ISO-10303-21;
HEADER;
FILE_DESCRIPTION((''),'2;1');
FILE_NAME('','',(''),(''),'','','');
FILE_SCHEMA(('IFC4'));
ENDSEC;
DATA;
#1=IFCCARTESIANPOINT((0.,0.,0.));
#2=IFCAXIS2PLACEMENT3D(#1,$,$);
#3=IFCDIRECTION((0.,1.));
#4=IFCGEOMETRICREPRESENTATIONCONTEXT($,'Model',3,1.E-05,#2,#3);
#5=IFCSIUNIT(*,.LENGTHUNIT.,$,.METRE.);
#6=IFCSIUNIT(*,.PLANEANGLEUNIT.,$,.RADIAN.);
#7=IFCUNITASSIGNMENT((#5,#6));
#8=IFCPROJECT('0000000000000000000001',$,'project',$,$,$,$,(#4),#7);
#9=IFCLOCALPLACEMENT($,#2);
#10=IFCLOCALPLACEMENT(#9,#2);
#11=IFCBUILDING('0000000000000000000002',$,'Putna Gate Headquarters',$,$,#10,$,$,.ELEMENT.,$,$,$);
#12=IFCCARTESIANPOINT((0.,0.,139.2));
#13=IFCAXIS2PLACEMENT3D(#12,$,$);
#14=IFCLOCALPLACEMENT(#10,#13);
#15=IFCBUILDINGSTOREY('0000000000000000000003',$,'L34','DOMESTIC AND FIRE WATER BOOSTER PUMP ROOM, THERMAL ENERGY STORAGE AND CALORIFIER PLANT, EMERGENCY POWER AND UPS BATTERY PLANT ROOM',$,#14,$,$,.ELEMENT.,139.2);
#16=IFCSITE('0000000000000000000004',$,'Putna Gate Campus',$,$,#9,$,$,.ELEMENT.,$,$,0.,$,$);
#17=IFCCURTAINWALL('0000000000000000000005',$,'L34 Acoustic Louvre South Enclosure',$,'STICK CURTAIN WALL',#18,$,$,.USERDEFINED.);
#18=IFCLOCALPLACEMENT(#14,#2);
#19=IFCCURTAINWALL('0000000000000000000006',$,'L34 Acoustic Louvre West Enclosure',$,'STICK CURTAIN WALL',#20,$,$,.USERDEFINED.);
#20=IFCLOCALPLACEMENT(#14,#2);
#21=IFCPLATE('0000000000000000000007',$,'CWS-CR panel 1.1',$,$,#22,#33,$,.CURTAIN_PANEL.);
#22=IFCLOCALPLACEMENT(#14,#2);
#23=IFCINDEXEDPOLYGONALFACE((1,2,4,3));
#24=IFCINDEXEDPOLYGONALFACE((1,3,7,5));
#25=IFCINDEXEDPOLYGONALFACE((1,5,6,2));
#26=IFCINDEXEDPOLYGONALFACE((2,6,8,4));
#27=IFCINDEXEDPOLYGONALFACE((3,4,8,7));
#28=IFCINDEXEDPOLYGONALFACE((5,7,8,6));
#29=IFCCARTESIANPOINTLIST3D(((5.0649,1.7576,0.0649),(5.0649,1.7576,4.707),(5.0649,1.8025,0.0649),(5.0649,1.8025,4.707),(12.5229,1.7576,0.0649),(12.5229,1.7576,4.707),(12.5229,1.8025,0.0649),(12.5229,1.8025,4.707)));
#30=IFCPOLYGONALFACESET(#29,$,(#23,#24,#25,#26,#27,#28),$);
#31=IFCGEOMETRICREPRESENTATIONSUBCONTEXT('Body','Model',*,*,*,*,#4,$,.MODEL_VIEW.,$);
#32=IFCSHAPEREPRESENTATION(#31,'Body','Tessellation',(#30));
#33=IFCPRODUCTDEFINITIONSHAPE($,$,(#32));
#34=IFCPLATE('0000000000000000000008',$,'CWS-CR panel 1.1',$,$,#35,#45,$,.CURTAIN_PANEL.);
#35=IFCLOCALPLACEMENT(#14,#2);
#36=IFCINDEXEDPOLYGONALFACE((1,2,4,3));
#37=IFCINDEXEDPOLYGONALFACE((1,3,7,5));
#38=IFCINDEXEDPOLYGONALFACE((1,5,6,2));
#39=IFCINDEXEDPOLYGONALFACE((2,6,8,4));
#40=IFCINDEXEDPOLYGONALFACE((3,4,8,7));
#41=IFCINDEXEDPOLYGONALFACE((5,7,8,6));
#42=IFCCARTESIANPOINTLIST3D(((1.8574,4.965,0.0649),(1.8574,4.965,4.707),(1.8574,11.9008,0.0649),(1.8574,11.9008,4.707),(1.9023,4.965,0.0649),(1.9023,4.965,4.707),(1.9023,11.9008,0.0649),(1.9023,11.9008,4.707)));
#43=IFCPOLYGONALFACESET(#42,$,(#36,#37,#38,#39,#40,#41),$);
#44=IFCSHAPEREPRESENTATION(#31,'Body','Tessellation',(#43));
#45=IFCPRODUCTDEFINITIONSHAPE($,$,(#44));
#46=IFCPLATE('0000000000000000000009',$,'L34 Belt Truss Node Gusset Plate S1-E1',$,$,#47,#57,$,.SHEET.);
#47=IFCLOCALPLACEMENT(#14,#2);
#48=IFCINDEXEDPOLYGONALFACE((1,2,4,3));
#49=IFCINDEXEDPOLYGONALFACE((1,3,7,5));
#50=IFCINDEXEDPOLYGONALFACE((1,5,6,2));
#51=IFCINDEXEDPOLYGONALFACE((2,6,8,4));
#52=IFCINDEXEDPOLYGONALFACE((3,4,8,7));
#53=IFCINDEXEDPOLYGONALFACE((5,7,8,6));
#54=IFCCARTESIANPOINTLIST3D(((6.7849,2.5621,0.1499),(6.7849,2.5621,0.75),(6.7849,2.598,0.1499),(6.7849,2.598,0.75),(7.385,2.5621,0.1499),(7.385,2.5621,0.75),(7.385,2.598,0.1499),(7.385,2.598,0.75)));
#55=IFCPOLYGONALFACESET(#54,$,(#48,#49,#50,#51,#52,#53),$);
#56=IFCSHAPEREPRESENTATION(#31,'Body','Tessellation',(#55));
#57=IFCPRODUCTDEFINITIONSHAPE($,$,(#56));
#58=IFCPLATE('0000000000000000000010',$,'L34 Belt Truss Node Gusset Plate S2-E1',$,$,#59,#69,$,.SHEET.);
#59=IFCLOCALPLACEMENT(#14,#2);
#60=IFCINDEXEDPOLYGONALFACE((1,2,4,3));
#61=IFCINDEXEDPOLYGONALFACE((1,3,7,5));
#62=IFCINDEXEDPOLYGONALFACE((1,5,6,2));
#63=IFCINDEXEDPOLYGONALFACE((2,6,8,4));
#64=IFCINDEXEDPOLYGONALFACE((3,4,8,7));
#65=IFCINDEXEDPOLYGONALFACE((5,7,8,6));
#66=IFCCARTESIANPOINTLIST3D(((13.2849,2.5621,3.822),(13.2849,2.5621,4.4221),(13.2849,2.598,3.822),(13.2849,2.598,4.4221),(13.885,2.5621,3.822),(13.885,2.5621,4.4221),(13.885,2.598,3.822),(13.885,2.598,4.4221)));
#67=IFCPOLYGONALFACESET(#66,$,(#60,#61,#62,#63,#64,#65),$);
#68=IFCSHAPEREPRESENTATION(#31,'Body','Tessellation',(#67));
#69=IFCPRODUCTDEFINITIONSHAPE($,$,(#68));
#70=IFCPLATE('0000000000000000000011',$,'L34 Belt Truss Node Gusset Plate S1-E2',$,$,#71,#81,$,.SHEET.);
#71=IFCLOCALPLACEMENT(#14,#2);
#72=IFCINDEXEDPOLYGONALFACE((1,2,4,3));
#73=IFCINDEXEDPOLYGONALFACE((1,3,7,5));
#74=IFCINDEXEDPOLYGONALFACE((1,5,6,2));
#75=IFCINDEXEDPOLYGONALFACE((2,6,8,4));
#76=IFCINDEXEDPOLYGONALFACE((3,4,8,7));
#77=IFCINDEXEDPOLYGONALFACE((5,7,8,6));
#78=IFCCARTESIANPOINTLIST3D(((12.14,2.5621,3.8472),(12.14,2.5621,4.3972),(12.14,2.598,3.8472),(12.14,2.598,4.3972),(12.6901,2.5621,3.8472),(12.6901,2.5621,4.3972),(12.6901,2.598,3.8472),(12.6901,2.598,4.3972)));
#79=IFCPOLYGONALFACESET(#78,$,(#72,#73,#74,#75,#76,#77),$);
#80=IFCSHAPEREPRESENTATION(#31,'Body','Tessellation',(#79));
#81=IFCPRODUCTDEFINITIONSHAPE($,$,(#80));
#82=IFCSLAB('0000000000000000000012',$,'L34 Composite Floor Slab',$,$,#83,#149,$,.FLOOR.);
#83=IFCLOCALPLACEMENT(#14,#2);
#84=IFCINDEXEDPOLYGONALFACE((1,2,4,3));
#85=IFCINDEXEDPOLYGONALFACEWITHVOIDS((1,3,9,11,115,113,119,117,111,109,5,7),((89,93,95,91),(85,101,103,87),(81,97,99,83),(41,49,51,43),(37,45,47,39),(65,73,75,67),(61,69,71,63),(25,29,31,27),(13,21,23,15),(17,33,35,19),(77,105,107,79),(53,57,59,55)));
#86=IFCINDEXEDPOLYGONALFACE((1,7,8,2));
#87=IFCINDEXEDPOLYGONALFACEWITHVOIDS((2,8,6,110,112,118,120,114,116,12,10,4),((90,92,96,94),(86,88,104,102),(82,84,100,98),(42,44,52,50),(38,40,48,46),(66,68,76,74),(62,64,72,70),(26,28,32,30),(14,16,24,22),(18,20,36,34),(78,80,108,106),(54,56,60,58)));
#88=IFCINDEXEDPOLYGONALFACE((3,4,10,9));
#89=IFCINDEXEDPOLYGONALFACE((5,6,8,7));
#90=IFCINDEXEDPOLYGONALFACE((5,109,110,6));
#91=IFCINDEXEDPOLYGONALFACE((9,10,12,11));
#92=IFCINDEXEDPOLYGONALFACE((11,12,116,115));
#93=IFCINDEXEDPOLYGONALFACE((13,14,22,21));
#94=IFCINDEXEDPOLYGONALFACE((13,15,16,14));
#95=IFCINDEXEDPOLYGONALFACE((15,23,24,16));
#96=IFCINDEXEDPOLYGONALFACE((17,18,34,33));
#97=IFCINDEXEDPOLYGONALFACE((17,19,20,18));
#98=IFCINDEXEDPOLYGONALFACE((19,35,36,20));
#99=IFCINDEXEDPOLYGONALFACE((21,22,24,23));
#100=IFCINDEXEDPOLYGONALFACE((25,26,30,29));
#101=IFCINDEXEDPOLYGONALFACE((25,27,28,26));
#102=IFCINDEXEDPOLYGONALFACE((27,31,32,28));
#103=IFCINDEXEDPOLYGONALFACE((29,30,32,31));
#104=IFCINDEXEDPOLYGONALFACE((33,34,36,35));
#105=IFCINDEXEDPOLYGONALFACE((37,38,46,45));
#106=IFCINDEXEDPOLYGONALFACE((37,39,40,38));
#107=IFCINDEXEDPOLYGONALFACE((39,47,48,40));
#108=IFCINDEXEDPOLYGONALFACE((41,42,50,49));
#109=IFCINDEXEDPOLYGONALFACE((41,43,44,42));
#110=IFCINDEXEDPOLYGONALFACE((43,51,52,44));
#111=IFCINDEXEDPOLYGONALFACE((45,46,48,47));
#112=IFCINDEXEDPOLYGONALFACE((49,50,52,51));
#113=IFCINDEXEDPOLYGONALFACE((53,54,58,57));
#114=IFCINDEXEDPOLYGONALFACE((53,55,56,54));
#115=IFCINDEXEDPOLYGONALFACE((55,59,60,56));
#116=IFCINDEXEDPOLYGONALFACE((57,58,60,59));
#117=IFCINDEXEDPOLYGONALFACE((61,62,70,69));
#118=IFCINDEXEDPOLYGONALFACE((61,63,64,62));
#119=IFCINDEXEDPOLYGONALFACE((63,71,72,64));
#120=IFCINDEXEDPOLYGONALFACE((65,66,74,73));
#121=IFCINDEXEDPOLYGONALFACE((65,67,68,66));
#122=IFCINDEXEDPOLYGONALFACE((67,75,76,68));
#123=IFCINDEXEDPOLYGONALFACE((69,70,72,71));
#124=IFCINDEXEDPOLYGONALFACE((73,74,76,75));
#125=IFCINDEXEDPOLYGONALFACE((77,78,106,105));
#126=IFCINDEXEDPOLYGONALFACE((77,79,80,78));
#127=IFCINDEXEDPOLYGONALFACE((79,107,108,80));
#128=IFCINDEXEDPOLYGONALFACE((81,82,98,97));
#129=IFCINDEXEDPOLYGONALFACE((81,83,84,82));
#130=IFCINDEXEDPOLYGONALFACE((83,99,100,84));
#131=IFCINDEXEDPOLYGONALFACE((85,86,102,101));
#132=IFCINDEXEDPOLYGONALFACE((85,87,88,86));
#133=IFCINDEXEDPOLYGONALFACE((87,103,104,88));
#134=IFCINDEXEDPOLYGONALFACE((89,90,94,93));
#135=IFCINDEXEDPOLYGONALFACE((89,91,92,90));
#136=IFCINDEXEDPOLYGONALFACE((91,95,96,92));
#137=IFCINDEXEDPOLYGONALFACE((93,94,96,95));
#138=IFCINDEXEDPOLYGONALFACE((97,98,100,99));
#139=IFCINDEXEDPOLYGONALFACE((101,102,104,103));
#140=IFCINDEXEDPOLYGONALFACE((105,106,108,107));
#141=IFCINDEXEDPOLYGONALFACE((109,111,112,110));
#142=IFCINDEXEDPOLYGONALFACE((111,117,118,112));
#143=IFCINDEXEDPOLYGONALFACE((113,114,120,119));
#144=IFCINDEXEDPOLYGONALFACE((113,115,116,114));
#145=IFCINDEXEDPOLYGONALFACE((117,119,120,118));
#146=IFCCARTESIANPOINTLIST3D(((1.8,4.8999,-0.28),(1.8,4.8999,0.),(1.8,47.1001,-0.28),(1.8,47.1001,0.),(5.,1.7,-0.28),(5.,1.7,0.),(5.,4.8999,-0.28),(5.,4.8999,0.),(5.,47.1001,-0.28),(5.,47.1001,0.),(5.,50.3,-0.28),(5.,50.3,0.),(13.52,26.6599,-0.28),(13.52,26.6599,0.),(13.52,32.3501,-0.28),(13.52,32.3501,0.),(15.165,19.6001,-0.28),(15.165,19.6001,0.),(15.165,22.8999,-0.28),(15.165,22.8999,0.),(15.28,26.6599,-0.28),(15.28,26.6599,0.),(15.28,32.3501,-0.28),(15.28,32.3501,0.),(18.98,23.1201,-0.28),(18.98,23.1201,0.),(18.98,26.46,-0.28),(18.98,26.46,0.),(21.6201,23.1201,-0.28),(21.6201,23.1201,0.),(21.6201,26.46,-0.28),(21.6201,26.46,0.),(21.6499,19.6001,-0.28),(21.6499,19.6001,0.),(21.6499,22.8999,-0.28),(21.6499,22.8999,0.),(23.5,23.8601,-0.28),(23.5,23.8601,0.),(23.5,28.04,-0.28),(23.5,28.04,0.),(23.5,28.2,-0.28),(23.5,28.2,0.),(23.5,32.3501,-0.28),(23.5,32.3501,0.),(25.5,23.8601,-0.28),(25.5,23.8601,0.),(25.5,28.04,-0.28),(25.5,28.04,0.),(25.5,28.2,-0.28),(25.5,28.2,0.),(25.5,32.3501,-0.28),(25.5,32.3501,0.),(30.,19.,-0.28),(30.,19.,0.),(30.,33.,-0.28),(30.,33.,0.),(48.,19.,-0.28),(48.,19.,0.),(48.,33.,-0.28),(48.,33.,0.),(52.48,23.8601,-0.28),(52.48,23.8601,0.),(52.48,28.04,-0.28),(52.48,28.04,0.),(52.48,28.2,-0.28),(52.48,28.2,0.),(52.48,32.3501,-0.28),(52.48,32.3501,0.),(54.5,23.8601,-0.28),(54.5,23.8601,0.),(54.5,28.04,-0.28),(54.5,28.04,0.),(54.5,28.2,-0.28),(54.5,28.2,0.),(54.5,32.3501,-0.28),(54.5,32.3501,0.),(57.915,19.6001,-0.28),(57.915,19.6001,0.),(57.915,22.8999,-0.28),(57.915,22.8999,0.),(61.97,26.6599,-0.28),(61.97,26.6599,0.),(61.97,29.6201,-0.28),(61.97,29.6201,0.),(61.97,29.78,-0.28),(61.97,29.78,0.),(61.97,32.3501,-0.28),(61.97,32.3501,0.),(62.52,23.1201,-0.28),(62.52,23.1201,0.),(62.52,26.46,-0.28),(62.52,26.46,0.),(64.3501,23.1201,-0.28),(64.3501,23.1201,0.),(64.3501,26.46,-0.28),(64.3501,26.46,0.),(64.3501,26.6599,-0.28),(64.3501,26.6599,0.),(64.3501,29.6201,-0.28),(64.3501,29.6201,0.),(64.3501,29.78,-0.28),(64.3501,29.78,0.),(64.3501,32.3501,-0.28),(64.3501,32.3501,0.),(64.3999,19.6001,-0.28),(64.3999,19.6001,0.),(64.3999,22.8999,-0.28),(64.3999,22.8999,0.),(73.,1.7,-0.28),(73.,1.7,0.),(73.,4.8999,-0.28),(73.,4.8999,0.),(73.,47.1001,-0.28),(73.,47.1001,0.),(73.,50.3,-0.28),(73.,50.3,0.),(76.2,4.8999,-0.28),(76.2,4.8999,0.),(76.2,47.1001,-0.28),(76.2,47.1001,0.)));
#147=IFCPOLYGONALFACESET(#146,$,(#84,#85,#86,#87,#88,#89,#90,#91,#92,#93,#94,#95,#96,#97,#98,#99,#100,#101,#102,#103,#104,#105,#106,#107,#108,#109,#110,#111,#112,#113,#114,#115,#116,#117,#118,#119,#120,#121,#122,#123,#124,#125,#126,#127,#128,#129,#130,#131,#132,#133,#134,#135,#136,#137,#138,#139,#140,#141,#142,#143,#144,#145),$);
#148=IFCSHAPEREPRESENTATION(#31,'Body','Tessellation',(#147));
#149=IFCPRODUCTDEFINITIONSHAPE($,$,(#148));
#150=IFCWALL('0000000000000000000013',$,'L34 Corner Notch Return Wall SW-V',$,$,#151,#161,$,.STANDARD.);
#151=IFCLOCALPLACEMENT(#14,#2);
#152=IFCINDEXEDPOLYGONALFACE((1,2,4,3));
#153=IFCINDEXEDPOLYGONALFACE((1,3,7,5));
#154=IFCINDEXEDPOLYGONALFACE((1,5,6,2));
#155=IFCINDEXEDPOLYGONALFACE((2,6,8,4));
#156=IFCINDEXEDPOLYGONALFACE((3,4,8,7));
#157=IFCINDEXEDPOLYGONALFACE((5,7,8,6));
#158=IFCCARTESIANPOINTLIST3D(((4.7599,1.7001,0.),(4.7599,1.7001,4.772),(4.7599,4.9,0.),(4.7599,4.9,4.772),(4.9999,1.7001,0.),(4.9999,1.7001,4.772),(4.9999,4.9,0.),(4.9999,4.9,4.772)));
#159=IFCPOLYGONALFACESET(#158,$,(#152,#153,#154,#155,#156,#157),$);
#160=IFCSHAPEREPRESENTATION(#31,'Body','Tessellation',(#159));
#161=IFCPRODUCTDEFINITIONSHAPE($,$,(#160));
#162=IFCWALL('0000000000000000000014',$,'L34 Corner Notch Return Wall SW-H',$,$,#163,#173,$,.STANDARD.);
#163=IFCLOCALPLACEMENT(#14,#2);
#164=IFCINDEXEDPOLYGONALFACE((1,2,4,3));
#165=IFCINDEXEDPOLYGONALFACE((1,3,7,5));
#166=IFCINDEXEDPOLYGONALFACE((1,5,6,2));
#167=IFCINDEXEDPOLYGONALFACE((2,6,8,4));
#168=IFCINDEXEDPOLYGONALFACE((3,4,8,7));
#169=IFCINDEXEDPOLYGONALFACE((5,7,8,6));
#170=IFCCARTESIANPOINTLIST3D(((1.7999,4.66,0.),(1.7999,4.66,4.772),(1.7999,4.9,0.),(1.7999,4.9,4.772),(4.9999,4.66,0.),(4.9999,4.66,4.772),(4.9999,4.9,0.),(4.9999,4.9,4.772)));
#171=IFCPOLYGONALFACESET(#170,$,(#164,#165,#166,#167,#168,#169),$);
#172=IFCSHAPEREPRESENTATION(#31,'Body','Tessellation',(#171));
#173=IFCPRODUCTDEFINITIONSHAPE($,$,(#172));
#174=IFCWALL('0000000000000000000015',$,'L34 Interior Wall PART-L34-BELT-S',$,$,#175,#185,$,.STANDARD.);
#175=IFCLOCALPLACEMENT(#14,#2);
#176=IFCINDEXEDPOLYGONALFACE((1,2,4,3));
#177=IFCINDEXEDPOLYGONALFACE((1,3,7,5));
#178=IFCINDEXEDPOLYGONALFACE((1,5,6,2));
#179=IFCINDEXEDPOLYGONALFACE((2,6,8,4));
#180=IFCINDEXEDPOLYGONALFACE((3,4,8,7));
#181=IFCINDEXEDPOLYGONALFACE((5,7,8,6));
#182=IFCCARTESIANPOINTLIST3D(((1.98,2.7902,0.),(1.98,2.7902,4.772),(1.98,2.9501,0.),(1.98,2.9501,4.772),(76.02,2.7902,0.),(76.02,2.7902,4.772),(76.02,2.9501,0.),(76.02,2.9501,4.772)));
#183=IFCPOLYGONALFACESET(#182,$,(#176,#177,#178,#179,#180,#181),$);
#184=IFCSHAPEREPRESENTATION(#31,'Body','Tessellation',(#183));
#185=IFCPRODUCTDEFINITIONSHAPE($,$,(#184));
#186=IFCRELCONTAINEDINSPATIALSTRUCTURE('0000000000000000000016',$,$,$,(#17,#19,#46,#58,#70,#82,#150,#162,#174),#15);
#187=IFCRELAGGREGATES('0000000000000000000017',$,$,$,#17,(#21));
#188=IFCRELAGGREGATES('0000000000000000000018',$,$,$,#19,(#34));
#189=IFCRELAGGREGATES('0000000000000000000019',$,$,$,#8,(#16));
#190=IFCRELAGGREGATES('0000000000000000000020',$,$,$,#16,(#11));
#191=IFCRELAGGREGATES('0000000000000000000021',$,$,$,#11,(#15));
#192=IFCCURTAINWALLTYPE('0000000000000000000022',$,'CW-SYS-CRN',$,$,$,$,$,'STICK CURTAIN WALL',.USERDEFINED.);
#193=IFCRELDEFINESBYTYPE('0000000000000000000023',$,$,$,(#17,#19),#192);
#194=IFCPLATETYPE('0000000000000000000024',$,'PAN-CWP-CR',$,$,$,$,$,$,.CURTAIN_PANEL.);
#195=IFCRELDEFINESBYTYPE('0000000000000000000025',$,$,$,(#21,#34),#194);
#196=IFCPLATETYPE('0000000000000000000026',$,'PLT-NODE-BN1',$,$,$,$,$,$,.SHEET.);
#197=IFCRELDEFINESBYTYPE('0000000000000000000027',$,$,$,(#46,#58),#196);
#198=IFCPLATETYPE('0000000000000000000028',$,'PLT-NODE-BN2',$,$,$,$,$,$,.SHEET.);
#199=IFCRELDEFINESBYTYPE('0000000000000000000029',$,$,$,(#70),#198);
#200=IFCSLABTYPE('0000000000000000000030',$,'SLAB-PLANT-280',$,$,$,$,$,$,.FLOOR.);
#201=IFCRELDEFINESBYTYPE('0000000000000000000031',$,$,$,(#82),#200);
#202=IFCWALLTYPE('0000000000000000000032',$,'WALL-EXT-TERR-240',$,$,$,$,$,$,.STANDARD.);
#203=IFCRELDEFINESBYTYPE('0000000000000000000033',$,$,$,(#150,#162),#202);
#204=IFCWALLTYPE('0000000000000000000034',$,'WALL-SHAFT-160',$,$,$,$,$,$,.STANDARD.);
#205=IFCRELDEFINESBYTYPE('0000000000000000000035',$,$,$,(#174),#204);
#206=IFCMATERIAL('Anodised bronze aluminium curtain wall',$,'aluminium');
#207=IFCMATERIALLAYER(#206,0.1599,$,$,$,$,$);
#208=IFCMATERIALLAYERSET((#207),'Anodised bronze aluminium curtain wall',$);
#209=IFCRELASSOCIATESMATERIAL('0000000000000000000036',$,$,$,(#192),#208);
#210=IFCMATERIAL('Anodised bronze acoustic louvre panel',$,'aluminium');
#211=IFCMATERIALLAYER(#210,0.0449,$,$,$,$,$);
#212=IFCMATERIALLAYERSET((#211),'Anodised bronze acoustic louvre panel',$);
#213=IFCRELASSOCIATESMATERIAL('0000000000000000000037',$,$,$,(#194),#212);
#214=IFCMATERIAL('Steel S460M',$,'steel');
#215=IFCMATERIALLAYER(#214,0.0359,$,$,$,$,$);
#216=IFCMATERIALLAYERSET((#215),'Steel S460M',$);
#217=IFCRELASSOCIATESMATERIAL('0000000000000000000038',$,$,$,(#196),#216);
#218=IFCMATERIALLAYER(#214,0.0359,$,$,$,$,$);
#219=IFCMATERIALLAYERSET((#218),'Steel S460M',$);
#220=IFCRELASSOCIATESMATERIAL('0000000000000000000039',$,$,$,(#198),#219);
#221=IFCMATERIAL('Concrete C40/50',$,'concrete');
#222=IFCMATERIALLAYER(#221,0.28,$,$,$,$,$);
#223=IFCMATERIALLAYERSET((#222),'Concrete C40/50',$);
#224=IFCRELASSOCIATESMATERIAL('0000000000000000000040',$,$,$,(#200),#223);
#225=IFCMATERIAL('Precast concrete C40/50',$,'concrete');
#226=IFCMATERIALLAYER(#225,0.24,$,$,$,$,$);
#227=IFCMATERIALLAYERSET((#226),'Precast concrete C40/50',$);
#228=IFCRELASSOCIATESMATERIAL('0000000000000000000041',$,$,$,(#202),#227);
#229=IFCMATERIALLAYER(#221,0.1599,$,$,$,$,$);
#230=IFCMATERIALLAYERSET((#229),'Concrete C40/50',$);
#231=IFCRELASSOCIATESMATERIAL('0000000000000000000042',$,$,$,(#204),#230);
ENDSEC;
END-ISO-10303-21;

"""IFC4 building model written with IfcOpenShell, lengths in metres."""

from ifc_helpers import new_model, si_unit, direction, frame, frame_2d, origin, origin_2d, place, context, subcontext, project, spatial, polyline, rectangle, outline, extrude, material, layer, layer_set, type_object, element, aggregate, save


model = new_model("IFC4")

# Units and contexts
model_context = context("Model", 3, precision=1e-05, world=origin(), true_north=direction((0.0, 1.0)))
body_context = subcontext(model_context, "Body", "Model", "MODEL_VIEW")
ifc_project = project(units=[si_unit("LENGTHUNIT", "METRE"), si_unit("PLANEANGLEUNIT", "RADIAN")], contexts=[model_context])

# Site, building, storey
site_placement = place(None, origin())
site = spatial("IfcSite", under=ifc_project, at=site_placement, Name="Putna Gate Campus", CompositionType="ELEMENT", RefElevation=0.0)
building_placement = place(site_placement, origin())
building = spatial("IfcBuilding", under=site, at=building_placement, Name="Putna Gate Headquarters", CompositionType="ELEMENT")
storey_placement = place(building_placement, frame((0.0, 0.0, 139.2)))
storey = spatial("IfcBuildingStorey", under=building, at=storey_placement, Name="L34", Description="DOMESTIC AND FIRE WATER BOOSTER PUMP ROOM, THERMAL ENERGY STORAGE AND CALORIFIER PLANT, EMERGENCY POWER AND UPS BATTERY PLANT ROOM", CompositionType="ELEMENT", Elevation=139.2)

# Shared definitions
ifc_material_1 = material(Name="Steel S460M", Category="steel")

# Curtain wall
ifc_material_2 = material(Name="Anodised bronze aluminium curtain wall", Category="aluminium")
ifc_layer_1 = layer(ifc_material_2, 0.1599)
ifc_layer_set_1 = layer_set([ifc_layer_1], Name="Anodised bronze aluminium curtain wall")
curtain_wall_type = type_object("IfcCurtainWallType", Name="CW-SYS-CRN", ElementType="STICK CURTAIN WALL", PredefinedType="USERDEFINED", material=ifc_layer_set_1)
curtain_wall_1_placement = place(storey_placement, origin())
curtain_wall_1 = element("IfcCurtainWall", 1, at=curtain_wall_1_placement, inside=storey, type_object=curtain_wall_type, Name="L34 Acoustic Louvre South Enclosure", ObjectType="STICK CURTAIN WALL", PredefinedType="USERDEFINED")

# Curtain wall
curtain_wall_2_placement = place(storey_placement, origin())
curtain_wall_2 = element("IfcCurtainWall", 2, at=curtain_wall_2_placement, inside=storey, type_object=curtain_wall_type, Name="L34 Acoustic Louvre West Enclosure", ObjectType="STICK CURTAIN WALL", PredefinedType="USERDEFINED")

# Shared definitions
ifc_material_3 = material(Name="Concrete C40/50", Category="concrete")

# Plates
ifc_material_4 = material(Name="Anodised bronze acoustic louvre panel", Category="aluminium")
ifc_layer_2 = layer(ifc_material_4, 0.0449)
ifc_layer_set_2 = layer_set([ifc_layer_2], Name="Anodised bronze acoustic louvre panel")
plate_type_1 = type_object("IfcPlateType", Name="PAN-CWP-CR", PredefinedType="CURTAIN_PANEL", material=ifc_layer_set_2)
plate_1_placement = place(storey_placement, frame((8.7939, 1.78, 0.0649), z_axis=(0.0, 0.0, 1.0), x_axis=(1.0, 0.0, 0.0)))
plate_1 = element("IfcPlate", 3, at=plate_1_placement, type_object=plate_type_1, Name="CWS-CR panel 1.1", PredefinedType="CURTAIN_PANEL", context=body_context, shape_type="SweptSolid", body=[
    extrude(rectangle(XDim=7.458, YDim=0.0449, at=origin_2d()), origin(), (0.0, 0.0, 1.0), 4.6421),
])
aggregate(curtain_wall_1, [plate_1])
plate_2_placement = place(storey_placement, frame((1.8799, 8.4329, 0.0649), z_axis=(0.0, 0.0, 1.0), x_axis=(0.0, 1.0, 0.0)))
plate_2 = element("IfcPlate", 4, at=plate_2_placement, type_object=plate_type_1, Name="CWS-CR panel 1.1", PredefinedType="CURTAIN_PANEL", context=body_context, shape_type="SweptSolid", body=[
    extrude(rectangle(XDim=6.9358, YDim=0.0449, at=origin_2d()), origin(), (0.0, 0.0, 1.0), 4.6421),
])
aggregate(curtain_wall_2, [plate_2])

# Plates
ifc_layer_3 = layer(ifc_material_1, 0.0359)
ifc_layer_set_3 = layer_set([ifc_layer_3], Name="Steel S460M")
plate_type_2 = type_object("IfcPlateType", Name="PLT-NODE-BN1", PredefinedType="SHEET", material=ifc_layer_set_3)
for number, where, z_axis, x_axis, name in (
    (5, (7.085, 2.5801, 0.1499), (0.0, 0.0, 1.0), (1.0, 0.0, 0.0), "L34 Belt Truss Node Gusset Plate S1-E1"),
    (6, (13.585, 2.5801, 3.822), (0.0, 0.0, 1.0), (1.0, 0.0, 0.0), "L34 Belt Truss Node Gusset Plate S2-E1"),
):
    element("IfcPlate", number, at=place(storey_placement, frame(where, z_axis=z_axis, x_axis=x_axis)), inside=storey, type_object=plate_type_2, Name=name, PredefinedType="SHEET", context=body_context, shape_type="SweptSolid", body=[
        extrude(rectangle(XDim=0.6001, YDim=0.0359, at=origin_2d()), origin(), (0.0, 0.0, 1.0), 0.6001),
    ])
ifc_layer_4 = layer(ifc_material_1, 0.0359)
ifc_layer_set_4 = layer_set([ifc_layer_4], Name="Steel S460M")
plate_type_3 = type_object("IfcPlateType", Name="PLT-NODE-BN2", PredefinedType="SHEET", material=ifc_layer_set_4)
plate_3_placement = place(storey_placement, frame((12.415, 2.5801, 3.8472), z_axis=(0.0, 0.0, 1.0), x_axis=(1.0, 0.0, 0.0)))
element("IfcPlate", 7, at=plate_3_placement, inside=storey, type_object=plate_type_3, Name="L34 Belt Truss Node Gusset Plate S1-E2", PredefinedType="SHEET", context=body_context, shape_type="SweptSolid", body=[
    extrude(rectangle(XDim=0.55, YDim=0.0359, at=origin_2d()), origin(), (0.0, 0.0, 1.0), 0.55),
])

# Slab
ifc_layer_5 = layer(ifc_material_3, 0.28)
ifc_layer_set_5 = layer_set([ifc_layer_5], Name="Concrete C40/50")
slab_type_1 = type_object("IfcSlabType", Name="SLAB-PLANT-280", PredefinedType="FLOOR", material=ifc_layer_set_5)
slab_1_placement = place(storey_placement, frame((0.0, 0.0, -0.28)))
element("IfcSlab", 8, at=slab_1_placement, inside=storey, type_object=slab_type_1, Name="L34 Composite Floor Slab", PredefinedType="FLOOR", context=body_context, shape_type="SweptSolid", body=[
    extrude(outline(polyline([(5.0, 1.7), (73.0, 1.7), (73.0, 4.8999), (76.2, 4.8999), (76.2, 47.1001), (73.0, 47.1001), (73.0, 50.3), (5.0, 50.3), (5.0, 47.1001), (1.8, 47.1001), (1.8, 4.8999), (5.0, 4.8999), (5.0, 1.7)]), holes=[polyline([(15.165, 19.6001), (21.6499, 19.6001), (21.6499, 22.8999), (15.165, 22.8999), (15.165, 19.6001)]), polyline([(57.915, 19.6001), (64.3999, 19.6001), (64.3999, 22.8999), (57.915, 22.8999), (57.915, 19.6001)]), polyline([(13.52, 26.6599), (15.28, 26.6599), (15.28, 32.3501), (13.52, 32.3501), (13.52, 26.6599)]), polyline([(61.97, 29.78), (64.3501, 29.78), (64.3501, 32.3501), (61.97, 32.3501), (61.97, 29.78)]), polyline([(18.98, 23.1201), (21.6201, 23.1201), (21.6201, 26.46), (18.98, 26.46), (18.98, 23.1201)]), polyline([(62.52, 23.1201), (64.3501, 23.1201), (64.3501, 26.46), (62.52, 26.46), (62.52, 23.1201)]), polyline([(61.97, 26.6599), (64.3501, 26.6599), (64.3501, 29.6201), (61.97, 29.6201), (61.97, 26.6599)]), polyline([(23.5, 23.8601), (25.5, 23.8601), (25.5, 28.04), (23.5, 28.04), (23.5, 23.8601)]), polyline([(52.48, 23.8601), (54.5, 23.8601), (54.5, 28.04), (52.48, 28.04), (52.48, 23.8601)]), polyline([(23.5, 28.2), (25.5, 28.2), (25.5, 32.3501), (23.5, 32.3501), (23.5, 28.2)]), polyline([(52.48, 28.2), (54.5, 28.2), (54.5, 32.3501), (52.48, 32.3501), (52.48, 28.2)]), polyline([(30.0, 19.0), (48.0, 19.0), (48.0, 33.0), (30.0, 33.0), (30.0, 19.0)])]), origin(), (0.0, 0.0, 1.0), 0.28),
])

# Walls
ifc_material_5 = material(Name="Precast concrete C40/50", Category="concrete")
ifc_layer_6 = layer(ifc_material_5, 0.24)
ifc_layer_set_6 = layer_set([ifc_layer_6], Name="Precast concrete C40/50")
wall_type_1 = type_object("IfcWallType", Name="WALL-EXT-TERR-240", PredefinedType="STANDARD", material=ifc_layer_set_6)
for number, where, z_axis, x_axis, name in (
    (9, (4.8799, 1.7, 0.0), (0.0, 0.0, 1.0), (0.0, 1.0, 0.0), "L34 Corner Notch Return Wall SW-V"),
    (10, (5.0, 4.78, 0.0), (0.0, 0.0, 1.0), (-1.0, 0.0, 0.0), "L34 Corner Notch Return Wall SW-H"),
):
    element("IfcWall", number, at=place(storey_placement, frame(where, z_axis=z_axis, x_axis=x_axis)), inside=storey, type_object=wall_type_1, Name=name, PredefinedType="STANDARD", context=body_context, shape_type="SweptSolid", body=[
        extrude(rectangle(XDim=3.2, YDim=0.24, at=frame_2d((1.6001, 0.0))), origin(), (0.0, 0.0, 1.0), 4.772),
    ])
ifc_layer_7 = layer(ifc_material_3, 0.1599)
ifc_layer_set_7 = layer_set([ifc_layer_7], Name="Concrete C40/50")
wall_type_2 = type_object("IfcWallType", Name="WALL-SHAFT-160", PredefinedType="STANDARD", material=ifc_layer_set_7)
wall_placement = place(storey_placement, frame((1.98, 2.8701, 0.0), z_axis=(0.0, 0.0, 1.0), x_axis=(1.0, 0.0, 0.0)))
element("IfcWall", 11, at=wall_placement, inside=storey, type_object=wall_type_2, Name="L34 Interior Wall PART-L34-BELT-S", PredefinedType="STANDARD", context=body_context, shape_type="SweptSolid", body=[
    extrude(rectangle(XDim=74.04, YDim=0.1599, at=frame_2d((37.02, 0.0))), origin(), (0.0, 0.0, 1.0), 4.772),
])

save(model, "model.ifc")
